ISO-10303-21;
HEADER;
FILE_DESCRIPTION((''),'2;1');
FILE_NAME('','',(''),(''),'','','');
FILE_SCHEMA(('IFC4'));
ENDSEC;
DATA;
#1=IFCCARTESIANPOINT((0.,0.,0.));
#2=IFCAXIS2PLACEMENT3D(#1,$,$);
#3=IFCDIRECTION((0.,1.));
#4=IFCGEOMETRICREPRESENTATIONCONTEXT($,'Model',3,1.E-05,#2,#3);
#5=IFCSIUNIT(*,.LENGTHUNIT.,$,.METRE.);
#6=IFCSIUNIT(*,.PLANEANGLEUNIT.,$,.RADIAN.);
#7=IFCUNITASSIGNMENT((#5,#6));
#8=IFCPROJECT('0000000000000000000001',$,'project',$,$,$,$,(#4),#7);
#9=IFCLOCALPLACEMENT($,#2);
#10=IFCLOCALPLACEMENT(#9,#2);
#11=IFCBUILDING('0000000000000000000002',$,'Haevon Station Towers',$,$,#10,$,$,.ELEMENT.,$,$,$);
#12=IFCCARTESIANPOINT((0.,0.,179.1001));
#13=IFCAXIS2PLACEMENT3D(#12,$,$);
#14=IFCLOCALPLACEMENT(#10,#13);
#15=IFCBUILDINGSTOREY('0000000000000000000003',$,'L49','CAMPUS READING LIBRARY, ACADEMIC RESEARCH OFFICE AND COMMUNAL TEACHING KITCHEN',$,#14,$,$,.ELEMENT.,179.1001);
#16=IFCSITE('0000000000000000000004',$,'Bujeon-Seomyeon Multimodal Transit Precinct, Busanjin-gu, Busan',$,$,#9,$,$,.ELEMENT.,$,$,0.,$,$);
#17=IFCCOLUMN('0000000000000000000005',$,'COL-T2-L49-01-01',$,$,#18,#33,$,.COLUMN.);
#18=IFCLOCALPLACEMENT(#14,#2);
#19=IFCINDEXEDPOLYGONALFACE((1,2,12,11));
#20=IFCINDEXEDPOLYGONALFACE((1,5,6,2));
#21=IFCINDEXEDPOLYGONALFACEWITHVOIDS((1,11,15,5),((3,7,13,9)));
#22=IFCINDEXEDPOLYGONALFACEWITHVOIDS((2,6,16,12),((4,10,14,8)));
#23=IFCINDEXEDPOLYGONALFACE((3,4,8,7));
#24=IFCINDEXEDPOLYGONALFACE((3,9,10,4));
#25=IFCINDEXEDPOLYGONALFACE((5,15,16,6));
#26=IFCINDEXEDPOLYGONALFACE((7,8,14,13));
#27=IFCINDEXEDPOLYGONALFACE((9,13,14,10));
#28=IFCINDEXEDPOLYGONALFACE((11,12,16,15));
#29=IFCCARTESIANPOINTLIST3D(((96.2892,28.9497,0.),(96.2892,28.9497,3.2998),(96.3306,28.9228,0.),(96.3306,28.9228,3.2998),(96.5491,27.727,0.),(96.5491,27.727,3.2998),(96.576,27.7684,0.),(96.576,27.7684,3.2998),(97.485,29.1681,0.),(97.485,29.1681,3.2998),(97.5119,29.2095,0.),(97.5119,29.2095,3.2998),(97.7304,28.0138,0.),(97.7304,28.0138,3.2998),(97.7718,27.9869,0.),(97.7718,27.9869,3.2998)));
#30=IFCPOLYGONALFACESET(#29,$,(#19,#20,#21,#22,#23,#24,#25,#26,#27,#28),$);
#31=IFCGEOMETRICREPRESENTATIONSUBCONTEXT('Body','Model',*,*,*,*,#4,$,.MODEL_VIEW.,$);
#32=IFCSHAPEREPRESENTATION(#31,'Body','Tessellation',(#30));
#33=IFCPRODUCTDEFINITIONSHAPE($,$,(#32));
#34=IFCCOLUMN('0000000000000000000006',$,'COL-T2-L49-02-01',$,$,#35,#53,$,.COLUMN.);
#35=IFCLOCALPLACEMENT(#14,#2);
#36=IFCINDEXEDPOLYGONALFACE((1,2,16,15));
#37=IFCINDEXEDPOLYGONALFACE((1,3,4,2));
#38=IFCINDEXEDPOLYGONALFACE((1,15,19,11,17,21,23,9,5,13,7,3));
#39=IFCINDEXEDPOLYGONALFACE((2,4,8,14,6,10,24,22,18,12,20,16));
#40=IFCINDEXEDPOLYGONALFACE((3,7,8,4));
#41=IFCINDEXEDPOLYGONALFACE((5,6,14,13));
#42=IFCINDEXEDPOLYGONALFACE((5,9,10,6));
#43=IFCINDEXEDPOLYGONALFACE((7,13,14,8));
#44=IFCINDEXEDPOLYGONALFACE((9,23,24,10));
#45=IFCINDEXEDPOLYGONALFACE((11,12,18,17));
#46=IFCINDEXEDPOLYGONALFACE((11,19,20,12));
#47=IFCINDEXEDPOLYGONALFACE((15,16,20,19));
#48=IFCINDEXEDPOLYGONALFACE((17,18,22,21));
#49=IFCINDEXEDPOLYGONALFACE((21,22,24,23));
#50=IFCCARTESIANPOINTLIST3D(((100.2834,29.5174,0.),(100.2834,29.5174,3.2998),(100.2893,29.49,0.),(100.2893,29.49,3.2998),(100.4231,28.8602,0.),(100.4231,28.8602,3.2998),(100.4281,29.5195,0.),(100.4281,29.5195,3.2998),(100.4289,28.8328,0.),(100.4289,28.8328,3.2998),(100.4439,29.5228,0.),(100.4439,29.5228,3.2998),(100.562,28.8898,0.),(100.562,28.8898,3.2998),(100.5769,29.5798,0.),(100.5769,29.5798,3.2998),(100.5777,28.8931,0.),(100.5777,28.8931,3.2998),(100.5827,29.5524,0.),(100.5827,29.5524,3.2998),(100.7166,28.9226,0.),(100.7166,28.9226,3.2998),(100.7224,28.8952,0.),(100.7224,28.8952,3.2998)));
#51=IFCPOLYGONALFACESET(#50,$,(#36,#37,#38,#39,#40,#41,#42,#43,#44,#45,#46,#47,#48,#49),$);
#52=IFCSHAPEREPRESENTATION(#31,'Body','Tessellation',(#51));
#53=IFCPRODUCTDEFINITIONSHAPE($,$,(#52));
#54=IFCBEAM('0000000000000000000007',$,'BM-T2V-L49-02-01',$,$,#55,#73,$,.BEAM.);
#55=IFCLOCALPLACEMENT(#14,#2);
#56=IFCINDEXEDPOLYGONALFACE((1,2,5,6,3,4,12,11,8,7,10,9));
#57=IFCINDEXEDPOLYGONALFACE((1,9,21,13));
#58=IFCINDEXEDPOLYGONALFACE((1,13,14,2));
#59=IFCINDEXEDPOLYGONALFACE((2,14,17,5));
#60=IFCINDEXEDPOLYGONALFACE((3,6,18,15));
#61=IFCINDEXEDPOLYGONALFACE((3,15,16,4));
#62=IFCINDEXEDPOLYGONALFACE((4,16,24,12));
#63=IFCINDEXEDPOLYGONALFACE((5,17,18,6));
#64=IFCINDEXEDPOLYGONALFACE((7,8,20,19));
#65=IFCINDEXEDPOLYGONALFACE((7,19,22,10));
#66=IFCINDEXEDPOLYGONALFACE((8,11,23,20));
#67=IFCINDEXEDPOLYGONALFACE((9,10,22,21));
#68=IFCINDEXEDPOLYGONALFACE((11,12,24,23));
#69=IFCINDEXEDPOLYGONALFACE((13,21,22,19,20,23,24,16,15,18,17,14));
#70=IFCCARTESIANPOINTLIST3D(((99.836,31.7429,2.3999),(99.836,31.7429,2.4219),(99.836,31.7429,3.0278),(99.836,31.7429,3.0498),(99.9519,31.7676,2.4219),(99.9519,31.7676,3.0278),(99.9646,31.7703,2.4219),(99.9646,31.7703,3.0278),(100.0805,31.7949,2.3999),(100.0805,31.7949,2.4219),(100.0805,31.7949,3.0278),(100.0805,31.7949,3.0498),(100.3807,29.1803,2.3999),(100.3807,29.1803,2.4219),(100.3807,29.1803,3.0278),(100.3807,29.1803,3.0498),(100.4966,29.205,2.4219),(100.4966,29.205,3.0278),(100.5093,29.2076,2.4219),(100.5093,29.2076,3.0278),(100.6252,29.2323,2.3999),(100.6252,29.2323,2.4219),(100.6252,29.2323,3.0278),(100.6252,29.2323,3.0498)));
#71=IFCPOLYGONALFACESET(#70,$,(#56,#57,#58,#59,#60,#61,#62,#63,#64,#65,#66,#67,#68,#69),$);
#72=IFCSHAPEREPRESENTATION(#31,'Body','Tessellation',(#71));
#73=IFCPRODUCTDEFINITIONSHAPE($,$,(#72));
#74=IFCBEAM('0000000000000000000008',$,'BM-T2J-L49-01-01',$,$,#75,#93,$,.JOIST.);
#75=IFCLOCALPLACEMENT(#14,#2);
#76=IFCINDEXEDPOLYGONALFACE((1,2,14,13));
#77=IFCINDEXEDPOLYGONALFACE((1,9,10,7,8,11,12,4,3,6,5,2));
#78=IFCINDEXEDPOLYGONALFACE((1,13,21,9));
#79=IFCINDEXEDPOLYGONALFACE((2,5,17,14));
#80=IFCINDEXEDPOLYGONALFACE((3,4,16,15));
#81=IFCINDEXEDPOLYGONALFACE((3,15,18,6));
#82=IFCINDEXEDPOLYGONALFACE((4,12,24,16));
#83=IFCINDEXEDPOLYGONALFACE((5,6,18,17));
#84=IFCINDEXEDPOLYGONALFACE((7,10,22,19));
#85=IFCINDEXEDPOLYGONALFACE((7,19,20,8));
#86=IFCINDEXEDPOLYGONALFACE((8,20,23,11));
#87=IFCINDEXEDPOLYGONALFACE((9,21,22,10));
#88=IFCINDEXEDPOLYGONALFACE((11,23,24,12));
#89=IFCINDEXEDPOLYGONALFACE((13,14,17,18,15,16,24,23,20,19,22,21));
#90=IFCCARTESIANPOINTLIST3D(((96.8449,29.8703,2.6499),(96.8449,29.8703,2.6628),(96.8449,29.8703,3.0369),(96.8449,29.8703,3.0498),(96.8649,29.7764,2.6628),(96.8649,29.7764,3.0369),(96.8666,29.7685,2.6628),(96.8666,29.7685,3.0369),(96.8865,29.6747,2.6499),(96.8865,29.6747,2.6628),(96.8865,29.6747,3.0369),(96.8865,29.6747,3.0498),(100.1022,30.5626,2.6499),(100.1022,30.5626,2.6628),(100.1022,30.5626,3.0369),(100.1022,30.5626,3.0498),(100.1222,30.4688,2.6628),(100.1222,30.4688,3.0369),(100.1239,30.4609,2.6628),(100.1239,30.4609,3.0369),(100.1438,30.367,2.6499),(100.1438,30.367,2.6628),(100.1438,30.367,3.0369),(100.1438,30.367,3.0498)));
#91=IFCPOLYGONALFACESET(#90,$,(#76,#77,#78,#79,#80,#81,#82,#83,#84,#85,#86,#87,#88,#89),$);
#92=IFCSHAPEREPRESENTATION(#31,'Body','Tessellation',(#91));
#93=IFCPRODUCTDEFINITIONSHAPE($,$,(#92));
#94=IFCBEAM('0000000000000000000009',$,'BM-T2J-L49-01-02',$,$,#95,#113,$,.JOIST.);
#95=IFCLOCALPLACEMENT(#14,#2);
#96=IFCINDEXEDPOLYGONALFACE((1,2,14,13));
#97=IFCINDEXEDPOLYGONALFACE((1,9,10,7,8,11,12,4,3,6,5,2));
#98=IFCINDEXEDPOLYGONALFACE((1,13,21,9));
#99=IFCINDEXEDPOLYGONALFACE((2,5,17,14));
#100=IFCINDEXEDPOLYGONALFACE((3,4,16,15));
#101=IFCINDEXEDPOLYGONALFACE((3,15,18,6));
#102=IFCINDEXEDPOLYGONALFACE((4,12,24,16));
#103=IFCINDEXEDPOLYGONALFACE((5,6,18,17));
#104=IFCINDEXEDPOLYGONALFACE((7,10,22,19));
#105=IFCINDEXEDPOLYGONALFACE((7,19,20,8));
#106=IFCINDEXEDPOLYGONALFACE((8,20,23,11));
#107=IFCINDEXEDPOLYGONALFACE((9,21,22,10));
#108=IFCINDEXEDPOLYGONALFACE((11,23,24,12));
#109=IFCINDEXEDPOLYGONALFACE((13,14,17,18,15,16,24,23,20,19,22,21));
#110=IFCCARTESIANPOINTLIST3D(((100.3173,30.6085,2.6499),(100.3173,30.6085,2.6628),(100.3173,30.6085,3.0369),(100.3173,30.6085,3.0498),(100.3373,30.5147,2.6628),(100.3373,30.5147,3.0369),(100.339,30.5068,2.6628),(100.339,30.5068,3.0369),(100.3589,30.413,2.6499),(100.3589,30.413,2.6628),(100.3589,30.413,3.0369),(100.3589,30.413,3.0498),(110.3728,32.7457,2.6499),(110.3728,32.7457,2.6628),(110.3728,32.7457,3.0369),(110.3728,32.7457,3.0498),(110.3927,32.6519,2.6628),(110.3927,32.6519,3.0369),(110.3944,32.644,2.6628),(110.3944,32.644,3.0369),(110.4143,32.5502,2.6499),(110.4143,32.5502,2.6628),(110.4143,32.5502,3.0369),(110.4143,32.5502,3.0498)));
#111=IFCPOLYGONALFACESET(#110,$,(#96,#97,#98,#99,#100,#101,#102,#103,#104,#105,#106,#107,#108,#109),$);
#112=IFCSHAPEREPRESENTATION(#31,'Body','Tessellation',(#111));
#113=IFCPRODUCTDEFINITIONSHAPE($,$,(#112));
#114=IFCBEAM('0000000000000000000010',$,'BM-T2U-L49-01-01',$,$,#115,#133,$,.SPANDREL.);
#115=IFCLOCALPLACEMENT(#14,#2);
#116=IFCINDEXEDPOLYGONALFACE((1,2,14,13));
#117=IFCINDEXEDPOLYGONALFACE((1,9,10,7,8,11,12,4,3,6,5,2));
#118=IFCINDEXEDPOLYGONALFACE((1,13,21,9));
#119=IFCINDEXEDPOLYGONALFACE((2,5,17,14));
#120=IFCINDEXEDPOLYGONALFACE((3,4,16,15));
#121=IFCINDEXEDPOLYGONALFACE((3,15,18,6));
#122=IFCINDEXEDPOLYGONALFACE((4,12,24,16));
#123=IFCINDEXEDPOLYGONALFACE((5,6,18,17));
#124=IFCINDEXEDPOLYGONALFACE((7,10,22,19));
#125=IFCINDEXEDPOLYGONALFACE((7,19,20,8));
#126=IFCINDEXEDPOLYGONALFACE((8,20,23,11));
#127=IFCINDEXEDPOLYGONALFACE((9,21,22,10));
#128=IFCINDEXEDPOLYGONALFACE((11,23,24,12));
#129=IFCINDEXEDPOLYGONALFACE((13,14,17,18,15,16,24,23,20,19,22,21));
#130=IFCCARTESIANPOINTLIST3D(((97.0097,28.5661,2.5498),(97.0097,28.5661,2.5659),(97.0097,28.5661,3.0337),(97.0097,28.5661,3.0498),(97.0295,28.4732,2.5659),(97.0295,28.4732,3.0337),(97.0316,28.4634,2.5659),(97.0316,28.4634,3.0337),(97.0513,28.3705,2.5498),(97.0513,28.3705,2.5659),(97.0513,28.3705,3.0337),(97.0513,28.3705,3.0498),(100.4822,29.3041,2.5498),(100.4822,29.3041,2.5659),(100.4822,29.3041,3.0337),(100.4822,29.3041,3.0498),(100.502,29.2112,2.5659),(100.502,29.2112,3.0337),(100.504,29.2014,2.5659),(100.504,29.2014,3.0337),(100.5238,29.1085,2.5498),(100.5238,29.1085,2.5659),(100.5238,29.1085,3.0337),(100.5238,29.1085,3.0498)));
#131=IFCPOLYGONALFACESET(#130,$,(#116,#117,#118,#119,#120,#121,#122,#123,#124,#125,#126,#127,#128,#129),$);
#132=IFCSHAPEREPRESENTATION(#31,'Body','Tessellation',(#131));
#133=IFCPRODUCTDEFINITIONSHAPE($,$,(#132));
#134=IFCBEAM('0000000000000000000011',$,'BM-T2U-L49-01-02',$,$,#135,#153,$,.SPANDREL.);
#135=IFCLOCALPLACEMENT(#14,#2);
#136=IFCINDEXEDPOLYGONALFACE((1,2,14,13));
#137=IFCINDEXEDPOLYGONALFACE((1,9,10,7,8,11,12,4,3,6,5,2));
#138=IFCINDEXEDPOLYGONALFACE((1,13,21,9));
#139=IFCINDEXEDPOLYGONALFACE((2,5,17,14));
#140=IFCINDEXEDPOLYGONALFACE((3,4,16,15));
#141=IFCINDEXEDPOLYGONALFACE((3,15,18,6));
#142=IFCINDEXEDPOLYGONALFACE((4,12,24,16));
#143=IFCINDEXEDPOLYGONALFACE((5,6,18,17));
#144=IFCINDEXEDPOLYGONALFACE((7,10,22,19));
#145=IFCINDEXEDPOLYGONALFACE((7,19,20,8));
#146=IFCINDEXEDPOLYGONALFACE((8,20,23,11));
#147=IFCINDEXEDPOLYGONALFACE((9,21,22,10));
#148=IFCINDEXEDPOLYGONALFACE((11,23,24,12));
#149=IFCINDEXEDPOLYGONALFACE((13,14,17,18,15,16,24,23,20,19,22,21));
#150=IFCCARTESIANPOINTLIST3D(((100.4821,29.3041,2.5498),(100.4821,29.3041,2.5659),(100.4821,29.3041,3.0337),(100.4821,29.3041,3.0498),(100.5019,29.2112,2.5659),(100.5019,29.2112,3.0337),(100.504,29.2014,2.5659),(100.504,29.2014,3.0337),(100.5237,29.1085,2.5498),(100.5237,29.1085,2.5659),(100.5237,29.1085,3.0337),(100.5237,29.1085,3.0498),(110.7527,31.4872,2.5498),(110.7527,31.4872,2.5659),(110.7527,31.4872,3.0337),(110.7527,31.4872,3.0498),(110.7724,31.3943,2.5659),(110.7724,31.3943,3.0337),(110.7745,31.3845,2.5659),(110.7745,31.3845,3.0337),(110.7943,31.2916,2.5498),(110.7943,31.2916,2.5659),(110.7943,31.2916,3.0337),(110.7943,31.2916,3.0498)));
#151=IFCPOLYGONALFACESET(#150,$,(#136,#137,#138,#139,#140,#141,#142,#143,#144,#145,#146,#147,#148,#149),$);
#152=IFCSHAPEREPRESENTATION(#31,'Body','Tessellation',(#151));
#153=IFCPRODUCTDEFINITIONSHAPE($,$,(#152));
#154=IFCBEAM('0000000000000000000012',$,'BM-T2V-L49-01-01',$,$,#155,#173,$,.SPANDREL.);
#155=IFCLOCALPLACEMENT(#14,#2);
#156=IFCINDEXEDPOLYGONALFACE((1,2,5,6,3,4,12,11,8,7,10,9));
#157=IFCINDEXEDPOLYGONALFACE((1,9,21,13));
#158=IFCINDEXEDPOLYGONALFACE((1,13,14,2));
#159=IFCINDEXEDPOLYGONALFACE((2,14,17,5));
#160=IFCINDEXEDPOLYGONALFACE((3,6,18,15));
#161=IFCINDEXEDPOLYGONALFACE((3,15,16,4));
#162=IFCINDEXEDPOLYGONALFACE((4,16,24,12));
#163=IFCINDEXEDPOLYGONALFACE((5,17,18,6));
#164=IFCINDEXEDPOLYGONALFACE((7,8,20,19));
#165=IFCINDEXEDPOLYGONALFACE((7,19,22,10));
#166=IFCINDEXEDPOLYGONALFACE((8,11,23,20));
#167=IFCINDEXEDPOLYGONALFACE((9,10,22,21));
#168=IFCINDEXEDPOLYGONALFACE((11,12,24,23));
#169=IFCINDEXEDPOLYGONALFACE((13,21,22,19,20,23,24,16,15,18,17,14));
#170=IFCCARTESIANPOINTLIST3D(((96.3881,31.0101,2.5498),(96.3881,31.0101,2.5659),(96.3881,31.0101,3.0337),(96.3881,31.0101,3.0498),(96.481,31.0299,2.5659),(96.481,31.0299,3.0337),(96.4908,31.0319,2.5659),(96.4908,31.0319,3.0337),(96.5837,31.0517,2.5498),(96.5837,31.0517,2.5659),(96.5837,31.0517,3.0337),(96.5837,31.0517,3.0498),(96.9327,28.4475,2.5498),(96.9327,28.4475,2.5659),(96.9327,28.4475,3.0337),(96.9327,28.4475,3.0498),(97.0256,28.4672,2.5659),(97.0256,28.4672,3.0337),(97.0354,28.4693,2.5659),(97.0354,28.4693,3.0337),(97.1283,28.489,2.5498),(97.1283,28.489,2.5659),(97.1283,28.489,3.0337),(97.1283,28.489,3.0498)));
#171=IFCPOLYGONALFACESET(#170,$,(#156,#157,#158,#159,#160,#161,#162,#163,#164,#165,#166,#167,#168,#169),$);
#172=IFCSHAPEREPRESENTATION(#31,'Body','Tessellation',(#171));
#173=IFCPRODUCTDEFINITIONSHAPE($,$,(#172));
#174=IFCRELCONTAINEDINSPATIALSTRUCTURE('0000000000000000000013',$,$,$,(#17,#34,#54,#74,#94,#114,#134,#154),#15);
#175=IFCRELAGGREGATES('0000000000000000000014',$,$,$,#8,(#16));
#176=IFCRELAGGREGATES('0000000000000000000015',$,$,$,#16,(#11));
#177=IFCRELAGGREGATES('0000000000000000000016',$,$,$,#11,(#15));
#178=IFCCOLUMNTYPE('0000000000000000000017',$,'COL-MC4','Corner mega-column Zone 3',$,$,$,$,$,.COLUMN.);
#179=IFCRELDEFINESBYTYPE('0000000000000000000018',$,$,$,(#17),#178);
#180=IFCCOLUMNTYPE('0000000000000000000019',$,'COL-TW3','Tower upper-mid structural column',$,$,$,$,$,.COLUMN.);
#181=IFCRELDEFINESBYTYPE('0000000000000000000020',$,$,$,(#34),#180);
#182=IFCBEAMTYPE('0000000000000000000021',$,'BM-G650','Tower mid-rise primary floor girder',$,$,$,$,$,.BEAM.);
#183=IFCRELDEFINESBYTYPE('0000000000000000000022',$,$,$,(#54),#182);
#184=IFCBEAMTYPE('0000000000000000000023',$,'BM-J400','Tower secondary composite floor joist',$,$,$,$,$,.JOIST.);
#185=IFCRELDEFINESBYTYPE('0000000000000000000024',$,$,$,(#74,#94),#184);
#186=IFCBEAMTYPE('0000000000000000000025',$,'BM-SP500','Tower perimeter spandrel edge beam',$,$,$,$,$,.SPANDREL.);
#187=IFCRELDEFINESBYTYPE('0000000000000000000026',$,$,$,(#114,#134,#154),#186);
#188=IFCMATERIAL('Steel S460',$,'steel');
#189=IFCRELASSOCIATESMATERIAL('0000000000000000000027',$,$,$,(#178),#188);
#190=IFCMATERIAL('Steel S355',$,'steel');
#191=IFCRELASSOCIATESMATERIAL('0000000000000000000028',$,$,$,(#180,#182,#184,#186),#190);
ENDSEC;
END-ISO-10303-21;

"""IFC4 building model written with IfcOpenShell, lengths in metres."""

from ifc_helpers import new_model, si_unit, direction, frame, origin, origin_2d, place, context, subcontext, project, spatial, hollow_rectangle, i_section, extrude, material, material_profile, profile_set, type_object, element, save


model = new_model("IFC4")

# Units and contexts
model_context = context("Model", 3, precision=1e-05, world=origin(), true_north=direction((0.0, 1.0)))
body_context = subcontext(model_context, "Body", "Model", "MODEL_VIEW")
ifc_project = project(units=[si_unit("LENGTHUNIT", "METRE"), si_unit("PLANEANGLEUNIT", "RADIAN")], contexts=[model_context])

# Site, building, storey
site_placement = place(None, origin())
site = spatial("IfcSite", under=ifc_project, at=site_placement, Name="Bujeon-Seomyeon Multimodal Transit Precinct, Busanjin-gu, Busan", CompositionType="ELEMENT", RefElevation=0.0)
building_placement = place(site_placement, origin())
building = spatial("IfcBuilding", under=site, at=building_placement, Name="Haevon Station Towers", CompositionType="ELEMENT")
storey_placement = place(building_placement, frame((0.0, 0.0, 179.1001)))
storey = spatial("IfcBuildingStorey", under=building, at=storey_placement, Name="L49", Description="CAMPUS READING LIBRARY, ACADEMIC RESEARCH OFFICE AND COMMUNAL TEACHING KITCHEN", CompositionType="ELEMENT", Elevation=179.1001)

# Columns
ifc_material_1 = material(Name="Steel S460", Category="steel")
ifc_material_profile_1 = material_profile(ifc_material_1, hollow_rectangle(XDim=1.25, YDim=1.25, WallThickness=0.0349, at=origin_2d()), Name="BOX-1250x1250x35")
ifc_profile_set_1 = profile_set([ifc_material_profile_1], Name="Steel S460")
column_type_1 = type_object("IfcColumnType", Name="COL-MC4", Description="Corner mega-column Zone 3", PredefinedType="COLUMN", material=ifc_profile_set_1)
column_1_placement = place(storey_placement, frame((97.0305, 28.4683, 0.0), z_axis=(0.0, 0.0, 1.0), x_axis=(0.978148, 0.207912, 0.0)))
element("IfcColumn", 1, at=column_1_placement, inside=storey, type_object=column_type_1, Name="COL-T2-L49-01-01", PredefinedType="COLUMN", context=body_context, shape_type="SweptSolid", body=[
    extrude(hollow_rectangle(XDim=1.25, YDim=1.25, WallThickness=0.0349, at=origin_2d()), origin(), (0.0, 0.0, 1.0), 3.2998),
])
ifc_material_2 = material(Name="Steel S355", Category="steel")
ifc_material_profile_2 = material_profile(ifc_material_2, i_section(OverallWidth=0.3, OverallDepth=0.7, WebThickness=0.0161, FlangeThickness=0.0281, at=origin_2d()), Name="H-700x300x16x28")
ifc_profile_set_2 = profile_set([ifc_material_profile_2], Name="Steel S355")
column_type_2 = type_object("IfcColumnType", Name="COL-TW3", Description="Tower upper-mid structural column", PredefinedType="COLUMN", material=ifc_profile_set_2)
column_2_placement = place(storey_placement, frame((100.5029, 29.2063, 0.0), z_axis=(0.0, 0.0, 1.0), x_axis=(0.978148, 0.207912, 0.0)))
element("IfcColumn", 2, at=column_2_placement, inside=storey, type_object=column_type_2, Name="COL-T2-L49-02-01", PredefinedType="COLUMN", context=body_context, shape_type="SweptSolid", body=[
    extrude(i_section(OverallWidth=0.3, OverallDepth=0.7, WebThickness=0.0161, FlangeThickness=0.0281, at=origin_2d()), origin(), (0.0, 0.0, 1.0), 3.2998),
])

# Beams
ifc_material_profile_3 = material_profile(ifc_material_2, i_section(OverallWidth=0.25, OverallDepth=0.6499, WebThickness=0.0129, FlangeThickness=0.022, at=origin_2d()), Name="H-650x250x13x22")
ifc_profile_set_3 = profile_set([ifc_material_profile_3], Name="Steel S355")
beam_type_1 = type_object("IfcBeamType", Name="BM-G650", Description="Tower mid-rise primary floor girder", PredefinedType="BEAM", material=ifc_profile_set_3)
beam_1_placement = place(storey_placement, frame((100.5029, 29.2063, 2.7249), z_axis=(-0.207893, 0.978152, 0.0), x_axis=(-0.978152, -0.207893, 0.0)))
element("IfcBeam", 3, at=beam_1_placement, inside=storey, type_object=beam_type_1, Name="BM-T2V-L49-02-01", PredefinedType="BEAM", context=body_context, shape_type="SweptSolid", body=[
    extrude(i_section(OverallWidth=0.25, OverallDepth=0.6499, WebThickness=0.0129, FlangeThickness=0.022, at=origin_2d()), origin(), (0.0, 0.0, 1.0), 2.6199),
])
ifc_material_profile_4 = material_profile(ifc_material_2, i_section(OverallWidth=0.2, OverallDepth=0.3999, WebThickness=0.0081, FlangeThickness=0.0129, at=origin_2d()), Name="H-400x200x8x13")
ifc_profile_set_4 = profile_set([ifc_material_profile_4], Name="Steel S355")
beam_type_2 = type_object("IfcBeamType", Name="BM-J400", Description="Tower secondary composite floor joist", PredefinedType="JOIST", material=ifc_profile_set_4)
beam_2_placement = place(storey_placement, frame((96.8657, 29.7725, 2.8499), z_axis=(0.978147, 0.207917, 0.0), x_axis=(-0.207917, 0.978147, 0.0)))
element("IfcBeam", 4, at=beam_2_placement, inside=storey, type_object=beam_type_2, Name="BM-T2J-L49-01-01", PredefinedType="JOIST", context=body_context, shape_type="SweptSolid", body=[
    extrude(i_section(OverallWidth=0.2, OverallDepth=0.3999, WebThickness=0.0081, FlangeThickness=0.0129, at=origin_2d()), origin(), (0.0, 0.0, 1.0), 3.3301),
])
beam_3_placement = place(storey_placement, frame((100.3381, 30.5107, 2.8499), z_axis=(0.97815, 0.207899, 0.0), x_axis=(-0.207899, 0.97815, 0.0)))
element("IfcBeam", 5, at=beam_3_placement, inside=storey, type_object=beam_type_2, Name="BM-T2J-L49-01-02", PredefinedType="JOIST", context=body_context, shape_type="SweptSolid", body=[
    extrude(i_section(OverallWidth=0.2, OverallDepth=0.3999, WebThickness=0.0081, FlangeThickness=0.0129, at=origin_2d()), origin(), (0.0, 0.0, 1.0), 10.28),
])
ifc_material_profile_5 = material_profile(ifc_material_2, i_section(OverallWidth=0.2, OverallDepth=0.5, WebThickness=0.01, FlangeThickness=0.0161, at=origin_2d()), Name="H-500x200x10x16")
ifc_profile_set_5 = profile_set([ifc_material_profile_5], Name="Steel S355")
beam_type_3 = type_object("IfcBeamType", Name="BM-SP500", Description="Tower perimeter spandrel edge beam", PredefinedType="SPANDREL", material=ifc_profile_set_5)
beam_4_placement = place(storey_placement, frame((97.0305, 28.4683, 2.7998), z_axis=(0.97815, 0.207899, 0.0), x_axis=(-0.207899, 0.97815, 0.0)))
element("IfcBeam", 6, at=beam_4_placement, inside=storey, type_object=beam_type_3, Name="BM-T2U-L49-01-01", PredefinedType="SPANDREL", context=body_context, shape_type="SweptSolid", body=[
    extrude(i_section(OverallWidth=0.2, OverallDepth=0.5, WebThickness=0.01, FlangeThickness=0.0161, at=origin_2d()), origin(), (0.0, 0.0, 1.0), 3.55),
])
beam_5_placement = place(storey_placement, frame((100.5029, 29.2063, 2.7998), z_axis=(0.978147, 0.207915, 0.0), x_axis=(-0.207915, 0.978147, 0.0)))
element("IfcBeam", 7, at=beam_5_placement, inside=storey, type_object=beam_type_3, Name="BM-T2U-L49-01-02", PredefinedType="SPANDREL", context=body_context, shape_type="SweptSolid", body=[
    extrude(i_section(OverallWidth=0.2, OverallDepth=0.5, WebThickness=0.01, FlangeThickness=0.0161, at=origin_2d()), origin(), (0.0, 0.0, 1.0), 10.5),
])
beam_6_placement = place(storey_placement, frame((97.0305, 28.4683, 2.7998), z_axis=(-0.207893, 0.978152, 0.0), x_axis=(-0.978152, -0.207893, 0.0)))
element("IfcBeam", 8, at=beam_6_placement, inside=storey, type_object=beam_type_3, Name="BM-T2V-L49-01-01", PredefinedType="SPANDREL", context=body_context, shape_type="SweptSolid", body=[
    extrude(i_section(OverallWidth=0.2, OverallDepth=0.5, WebThickness=0.01, FlangeThickness=0.0161, at=origin_2d()), origin(), (0.0, 0.0, 1.0), 2.6199),
])

save(model, "model.ifc")
